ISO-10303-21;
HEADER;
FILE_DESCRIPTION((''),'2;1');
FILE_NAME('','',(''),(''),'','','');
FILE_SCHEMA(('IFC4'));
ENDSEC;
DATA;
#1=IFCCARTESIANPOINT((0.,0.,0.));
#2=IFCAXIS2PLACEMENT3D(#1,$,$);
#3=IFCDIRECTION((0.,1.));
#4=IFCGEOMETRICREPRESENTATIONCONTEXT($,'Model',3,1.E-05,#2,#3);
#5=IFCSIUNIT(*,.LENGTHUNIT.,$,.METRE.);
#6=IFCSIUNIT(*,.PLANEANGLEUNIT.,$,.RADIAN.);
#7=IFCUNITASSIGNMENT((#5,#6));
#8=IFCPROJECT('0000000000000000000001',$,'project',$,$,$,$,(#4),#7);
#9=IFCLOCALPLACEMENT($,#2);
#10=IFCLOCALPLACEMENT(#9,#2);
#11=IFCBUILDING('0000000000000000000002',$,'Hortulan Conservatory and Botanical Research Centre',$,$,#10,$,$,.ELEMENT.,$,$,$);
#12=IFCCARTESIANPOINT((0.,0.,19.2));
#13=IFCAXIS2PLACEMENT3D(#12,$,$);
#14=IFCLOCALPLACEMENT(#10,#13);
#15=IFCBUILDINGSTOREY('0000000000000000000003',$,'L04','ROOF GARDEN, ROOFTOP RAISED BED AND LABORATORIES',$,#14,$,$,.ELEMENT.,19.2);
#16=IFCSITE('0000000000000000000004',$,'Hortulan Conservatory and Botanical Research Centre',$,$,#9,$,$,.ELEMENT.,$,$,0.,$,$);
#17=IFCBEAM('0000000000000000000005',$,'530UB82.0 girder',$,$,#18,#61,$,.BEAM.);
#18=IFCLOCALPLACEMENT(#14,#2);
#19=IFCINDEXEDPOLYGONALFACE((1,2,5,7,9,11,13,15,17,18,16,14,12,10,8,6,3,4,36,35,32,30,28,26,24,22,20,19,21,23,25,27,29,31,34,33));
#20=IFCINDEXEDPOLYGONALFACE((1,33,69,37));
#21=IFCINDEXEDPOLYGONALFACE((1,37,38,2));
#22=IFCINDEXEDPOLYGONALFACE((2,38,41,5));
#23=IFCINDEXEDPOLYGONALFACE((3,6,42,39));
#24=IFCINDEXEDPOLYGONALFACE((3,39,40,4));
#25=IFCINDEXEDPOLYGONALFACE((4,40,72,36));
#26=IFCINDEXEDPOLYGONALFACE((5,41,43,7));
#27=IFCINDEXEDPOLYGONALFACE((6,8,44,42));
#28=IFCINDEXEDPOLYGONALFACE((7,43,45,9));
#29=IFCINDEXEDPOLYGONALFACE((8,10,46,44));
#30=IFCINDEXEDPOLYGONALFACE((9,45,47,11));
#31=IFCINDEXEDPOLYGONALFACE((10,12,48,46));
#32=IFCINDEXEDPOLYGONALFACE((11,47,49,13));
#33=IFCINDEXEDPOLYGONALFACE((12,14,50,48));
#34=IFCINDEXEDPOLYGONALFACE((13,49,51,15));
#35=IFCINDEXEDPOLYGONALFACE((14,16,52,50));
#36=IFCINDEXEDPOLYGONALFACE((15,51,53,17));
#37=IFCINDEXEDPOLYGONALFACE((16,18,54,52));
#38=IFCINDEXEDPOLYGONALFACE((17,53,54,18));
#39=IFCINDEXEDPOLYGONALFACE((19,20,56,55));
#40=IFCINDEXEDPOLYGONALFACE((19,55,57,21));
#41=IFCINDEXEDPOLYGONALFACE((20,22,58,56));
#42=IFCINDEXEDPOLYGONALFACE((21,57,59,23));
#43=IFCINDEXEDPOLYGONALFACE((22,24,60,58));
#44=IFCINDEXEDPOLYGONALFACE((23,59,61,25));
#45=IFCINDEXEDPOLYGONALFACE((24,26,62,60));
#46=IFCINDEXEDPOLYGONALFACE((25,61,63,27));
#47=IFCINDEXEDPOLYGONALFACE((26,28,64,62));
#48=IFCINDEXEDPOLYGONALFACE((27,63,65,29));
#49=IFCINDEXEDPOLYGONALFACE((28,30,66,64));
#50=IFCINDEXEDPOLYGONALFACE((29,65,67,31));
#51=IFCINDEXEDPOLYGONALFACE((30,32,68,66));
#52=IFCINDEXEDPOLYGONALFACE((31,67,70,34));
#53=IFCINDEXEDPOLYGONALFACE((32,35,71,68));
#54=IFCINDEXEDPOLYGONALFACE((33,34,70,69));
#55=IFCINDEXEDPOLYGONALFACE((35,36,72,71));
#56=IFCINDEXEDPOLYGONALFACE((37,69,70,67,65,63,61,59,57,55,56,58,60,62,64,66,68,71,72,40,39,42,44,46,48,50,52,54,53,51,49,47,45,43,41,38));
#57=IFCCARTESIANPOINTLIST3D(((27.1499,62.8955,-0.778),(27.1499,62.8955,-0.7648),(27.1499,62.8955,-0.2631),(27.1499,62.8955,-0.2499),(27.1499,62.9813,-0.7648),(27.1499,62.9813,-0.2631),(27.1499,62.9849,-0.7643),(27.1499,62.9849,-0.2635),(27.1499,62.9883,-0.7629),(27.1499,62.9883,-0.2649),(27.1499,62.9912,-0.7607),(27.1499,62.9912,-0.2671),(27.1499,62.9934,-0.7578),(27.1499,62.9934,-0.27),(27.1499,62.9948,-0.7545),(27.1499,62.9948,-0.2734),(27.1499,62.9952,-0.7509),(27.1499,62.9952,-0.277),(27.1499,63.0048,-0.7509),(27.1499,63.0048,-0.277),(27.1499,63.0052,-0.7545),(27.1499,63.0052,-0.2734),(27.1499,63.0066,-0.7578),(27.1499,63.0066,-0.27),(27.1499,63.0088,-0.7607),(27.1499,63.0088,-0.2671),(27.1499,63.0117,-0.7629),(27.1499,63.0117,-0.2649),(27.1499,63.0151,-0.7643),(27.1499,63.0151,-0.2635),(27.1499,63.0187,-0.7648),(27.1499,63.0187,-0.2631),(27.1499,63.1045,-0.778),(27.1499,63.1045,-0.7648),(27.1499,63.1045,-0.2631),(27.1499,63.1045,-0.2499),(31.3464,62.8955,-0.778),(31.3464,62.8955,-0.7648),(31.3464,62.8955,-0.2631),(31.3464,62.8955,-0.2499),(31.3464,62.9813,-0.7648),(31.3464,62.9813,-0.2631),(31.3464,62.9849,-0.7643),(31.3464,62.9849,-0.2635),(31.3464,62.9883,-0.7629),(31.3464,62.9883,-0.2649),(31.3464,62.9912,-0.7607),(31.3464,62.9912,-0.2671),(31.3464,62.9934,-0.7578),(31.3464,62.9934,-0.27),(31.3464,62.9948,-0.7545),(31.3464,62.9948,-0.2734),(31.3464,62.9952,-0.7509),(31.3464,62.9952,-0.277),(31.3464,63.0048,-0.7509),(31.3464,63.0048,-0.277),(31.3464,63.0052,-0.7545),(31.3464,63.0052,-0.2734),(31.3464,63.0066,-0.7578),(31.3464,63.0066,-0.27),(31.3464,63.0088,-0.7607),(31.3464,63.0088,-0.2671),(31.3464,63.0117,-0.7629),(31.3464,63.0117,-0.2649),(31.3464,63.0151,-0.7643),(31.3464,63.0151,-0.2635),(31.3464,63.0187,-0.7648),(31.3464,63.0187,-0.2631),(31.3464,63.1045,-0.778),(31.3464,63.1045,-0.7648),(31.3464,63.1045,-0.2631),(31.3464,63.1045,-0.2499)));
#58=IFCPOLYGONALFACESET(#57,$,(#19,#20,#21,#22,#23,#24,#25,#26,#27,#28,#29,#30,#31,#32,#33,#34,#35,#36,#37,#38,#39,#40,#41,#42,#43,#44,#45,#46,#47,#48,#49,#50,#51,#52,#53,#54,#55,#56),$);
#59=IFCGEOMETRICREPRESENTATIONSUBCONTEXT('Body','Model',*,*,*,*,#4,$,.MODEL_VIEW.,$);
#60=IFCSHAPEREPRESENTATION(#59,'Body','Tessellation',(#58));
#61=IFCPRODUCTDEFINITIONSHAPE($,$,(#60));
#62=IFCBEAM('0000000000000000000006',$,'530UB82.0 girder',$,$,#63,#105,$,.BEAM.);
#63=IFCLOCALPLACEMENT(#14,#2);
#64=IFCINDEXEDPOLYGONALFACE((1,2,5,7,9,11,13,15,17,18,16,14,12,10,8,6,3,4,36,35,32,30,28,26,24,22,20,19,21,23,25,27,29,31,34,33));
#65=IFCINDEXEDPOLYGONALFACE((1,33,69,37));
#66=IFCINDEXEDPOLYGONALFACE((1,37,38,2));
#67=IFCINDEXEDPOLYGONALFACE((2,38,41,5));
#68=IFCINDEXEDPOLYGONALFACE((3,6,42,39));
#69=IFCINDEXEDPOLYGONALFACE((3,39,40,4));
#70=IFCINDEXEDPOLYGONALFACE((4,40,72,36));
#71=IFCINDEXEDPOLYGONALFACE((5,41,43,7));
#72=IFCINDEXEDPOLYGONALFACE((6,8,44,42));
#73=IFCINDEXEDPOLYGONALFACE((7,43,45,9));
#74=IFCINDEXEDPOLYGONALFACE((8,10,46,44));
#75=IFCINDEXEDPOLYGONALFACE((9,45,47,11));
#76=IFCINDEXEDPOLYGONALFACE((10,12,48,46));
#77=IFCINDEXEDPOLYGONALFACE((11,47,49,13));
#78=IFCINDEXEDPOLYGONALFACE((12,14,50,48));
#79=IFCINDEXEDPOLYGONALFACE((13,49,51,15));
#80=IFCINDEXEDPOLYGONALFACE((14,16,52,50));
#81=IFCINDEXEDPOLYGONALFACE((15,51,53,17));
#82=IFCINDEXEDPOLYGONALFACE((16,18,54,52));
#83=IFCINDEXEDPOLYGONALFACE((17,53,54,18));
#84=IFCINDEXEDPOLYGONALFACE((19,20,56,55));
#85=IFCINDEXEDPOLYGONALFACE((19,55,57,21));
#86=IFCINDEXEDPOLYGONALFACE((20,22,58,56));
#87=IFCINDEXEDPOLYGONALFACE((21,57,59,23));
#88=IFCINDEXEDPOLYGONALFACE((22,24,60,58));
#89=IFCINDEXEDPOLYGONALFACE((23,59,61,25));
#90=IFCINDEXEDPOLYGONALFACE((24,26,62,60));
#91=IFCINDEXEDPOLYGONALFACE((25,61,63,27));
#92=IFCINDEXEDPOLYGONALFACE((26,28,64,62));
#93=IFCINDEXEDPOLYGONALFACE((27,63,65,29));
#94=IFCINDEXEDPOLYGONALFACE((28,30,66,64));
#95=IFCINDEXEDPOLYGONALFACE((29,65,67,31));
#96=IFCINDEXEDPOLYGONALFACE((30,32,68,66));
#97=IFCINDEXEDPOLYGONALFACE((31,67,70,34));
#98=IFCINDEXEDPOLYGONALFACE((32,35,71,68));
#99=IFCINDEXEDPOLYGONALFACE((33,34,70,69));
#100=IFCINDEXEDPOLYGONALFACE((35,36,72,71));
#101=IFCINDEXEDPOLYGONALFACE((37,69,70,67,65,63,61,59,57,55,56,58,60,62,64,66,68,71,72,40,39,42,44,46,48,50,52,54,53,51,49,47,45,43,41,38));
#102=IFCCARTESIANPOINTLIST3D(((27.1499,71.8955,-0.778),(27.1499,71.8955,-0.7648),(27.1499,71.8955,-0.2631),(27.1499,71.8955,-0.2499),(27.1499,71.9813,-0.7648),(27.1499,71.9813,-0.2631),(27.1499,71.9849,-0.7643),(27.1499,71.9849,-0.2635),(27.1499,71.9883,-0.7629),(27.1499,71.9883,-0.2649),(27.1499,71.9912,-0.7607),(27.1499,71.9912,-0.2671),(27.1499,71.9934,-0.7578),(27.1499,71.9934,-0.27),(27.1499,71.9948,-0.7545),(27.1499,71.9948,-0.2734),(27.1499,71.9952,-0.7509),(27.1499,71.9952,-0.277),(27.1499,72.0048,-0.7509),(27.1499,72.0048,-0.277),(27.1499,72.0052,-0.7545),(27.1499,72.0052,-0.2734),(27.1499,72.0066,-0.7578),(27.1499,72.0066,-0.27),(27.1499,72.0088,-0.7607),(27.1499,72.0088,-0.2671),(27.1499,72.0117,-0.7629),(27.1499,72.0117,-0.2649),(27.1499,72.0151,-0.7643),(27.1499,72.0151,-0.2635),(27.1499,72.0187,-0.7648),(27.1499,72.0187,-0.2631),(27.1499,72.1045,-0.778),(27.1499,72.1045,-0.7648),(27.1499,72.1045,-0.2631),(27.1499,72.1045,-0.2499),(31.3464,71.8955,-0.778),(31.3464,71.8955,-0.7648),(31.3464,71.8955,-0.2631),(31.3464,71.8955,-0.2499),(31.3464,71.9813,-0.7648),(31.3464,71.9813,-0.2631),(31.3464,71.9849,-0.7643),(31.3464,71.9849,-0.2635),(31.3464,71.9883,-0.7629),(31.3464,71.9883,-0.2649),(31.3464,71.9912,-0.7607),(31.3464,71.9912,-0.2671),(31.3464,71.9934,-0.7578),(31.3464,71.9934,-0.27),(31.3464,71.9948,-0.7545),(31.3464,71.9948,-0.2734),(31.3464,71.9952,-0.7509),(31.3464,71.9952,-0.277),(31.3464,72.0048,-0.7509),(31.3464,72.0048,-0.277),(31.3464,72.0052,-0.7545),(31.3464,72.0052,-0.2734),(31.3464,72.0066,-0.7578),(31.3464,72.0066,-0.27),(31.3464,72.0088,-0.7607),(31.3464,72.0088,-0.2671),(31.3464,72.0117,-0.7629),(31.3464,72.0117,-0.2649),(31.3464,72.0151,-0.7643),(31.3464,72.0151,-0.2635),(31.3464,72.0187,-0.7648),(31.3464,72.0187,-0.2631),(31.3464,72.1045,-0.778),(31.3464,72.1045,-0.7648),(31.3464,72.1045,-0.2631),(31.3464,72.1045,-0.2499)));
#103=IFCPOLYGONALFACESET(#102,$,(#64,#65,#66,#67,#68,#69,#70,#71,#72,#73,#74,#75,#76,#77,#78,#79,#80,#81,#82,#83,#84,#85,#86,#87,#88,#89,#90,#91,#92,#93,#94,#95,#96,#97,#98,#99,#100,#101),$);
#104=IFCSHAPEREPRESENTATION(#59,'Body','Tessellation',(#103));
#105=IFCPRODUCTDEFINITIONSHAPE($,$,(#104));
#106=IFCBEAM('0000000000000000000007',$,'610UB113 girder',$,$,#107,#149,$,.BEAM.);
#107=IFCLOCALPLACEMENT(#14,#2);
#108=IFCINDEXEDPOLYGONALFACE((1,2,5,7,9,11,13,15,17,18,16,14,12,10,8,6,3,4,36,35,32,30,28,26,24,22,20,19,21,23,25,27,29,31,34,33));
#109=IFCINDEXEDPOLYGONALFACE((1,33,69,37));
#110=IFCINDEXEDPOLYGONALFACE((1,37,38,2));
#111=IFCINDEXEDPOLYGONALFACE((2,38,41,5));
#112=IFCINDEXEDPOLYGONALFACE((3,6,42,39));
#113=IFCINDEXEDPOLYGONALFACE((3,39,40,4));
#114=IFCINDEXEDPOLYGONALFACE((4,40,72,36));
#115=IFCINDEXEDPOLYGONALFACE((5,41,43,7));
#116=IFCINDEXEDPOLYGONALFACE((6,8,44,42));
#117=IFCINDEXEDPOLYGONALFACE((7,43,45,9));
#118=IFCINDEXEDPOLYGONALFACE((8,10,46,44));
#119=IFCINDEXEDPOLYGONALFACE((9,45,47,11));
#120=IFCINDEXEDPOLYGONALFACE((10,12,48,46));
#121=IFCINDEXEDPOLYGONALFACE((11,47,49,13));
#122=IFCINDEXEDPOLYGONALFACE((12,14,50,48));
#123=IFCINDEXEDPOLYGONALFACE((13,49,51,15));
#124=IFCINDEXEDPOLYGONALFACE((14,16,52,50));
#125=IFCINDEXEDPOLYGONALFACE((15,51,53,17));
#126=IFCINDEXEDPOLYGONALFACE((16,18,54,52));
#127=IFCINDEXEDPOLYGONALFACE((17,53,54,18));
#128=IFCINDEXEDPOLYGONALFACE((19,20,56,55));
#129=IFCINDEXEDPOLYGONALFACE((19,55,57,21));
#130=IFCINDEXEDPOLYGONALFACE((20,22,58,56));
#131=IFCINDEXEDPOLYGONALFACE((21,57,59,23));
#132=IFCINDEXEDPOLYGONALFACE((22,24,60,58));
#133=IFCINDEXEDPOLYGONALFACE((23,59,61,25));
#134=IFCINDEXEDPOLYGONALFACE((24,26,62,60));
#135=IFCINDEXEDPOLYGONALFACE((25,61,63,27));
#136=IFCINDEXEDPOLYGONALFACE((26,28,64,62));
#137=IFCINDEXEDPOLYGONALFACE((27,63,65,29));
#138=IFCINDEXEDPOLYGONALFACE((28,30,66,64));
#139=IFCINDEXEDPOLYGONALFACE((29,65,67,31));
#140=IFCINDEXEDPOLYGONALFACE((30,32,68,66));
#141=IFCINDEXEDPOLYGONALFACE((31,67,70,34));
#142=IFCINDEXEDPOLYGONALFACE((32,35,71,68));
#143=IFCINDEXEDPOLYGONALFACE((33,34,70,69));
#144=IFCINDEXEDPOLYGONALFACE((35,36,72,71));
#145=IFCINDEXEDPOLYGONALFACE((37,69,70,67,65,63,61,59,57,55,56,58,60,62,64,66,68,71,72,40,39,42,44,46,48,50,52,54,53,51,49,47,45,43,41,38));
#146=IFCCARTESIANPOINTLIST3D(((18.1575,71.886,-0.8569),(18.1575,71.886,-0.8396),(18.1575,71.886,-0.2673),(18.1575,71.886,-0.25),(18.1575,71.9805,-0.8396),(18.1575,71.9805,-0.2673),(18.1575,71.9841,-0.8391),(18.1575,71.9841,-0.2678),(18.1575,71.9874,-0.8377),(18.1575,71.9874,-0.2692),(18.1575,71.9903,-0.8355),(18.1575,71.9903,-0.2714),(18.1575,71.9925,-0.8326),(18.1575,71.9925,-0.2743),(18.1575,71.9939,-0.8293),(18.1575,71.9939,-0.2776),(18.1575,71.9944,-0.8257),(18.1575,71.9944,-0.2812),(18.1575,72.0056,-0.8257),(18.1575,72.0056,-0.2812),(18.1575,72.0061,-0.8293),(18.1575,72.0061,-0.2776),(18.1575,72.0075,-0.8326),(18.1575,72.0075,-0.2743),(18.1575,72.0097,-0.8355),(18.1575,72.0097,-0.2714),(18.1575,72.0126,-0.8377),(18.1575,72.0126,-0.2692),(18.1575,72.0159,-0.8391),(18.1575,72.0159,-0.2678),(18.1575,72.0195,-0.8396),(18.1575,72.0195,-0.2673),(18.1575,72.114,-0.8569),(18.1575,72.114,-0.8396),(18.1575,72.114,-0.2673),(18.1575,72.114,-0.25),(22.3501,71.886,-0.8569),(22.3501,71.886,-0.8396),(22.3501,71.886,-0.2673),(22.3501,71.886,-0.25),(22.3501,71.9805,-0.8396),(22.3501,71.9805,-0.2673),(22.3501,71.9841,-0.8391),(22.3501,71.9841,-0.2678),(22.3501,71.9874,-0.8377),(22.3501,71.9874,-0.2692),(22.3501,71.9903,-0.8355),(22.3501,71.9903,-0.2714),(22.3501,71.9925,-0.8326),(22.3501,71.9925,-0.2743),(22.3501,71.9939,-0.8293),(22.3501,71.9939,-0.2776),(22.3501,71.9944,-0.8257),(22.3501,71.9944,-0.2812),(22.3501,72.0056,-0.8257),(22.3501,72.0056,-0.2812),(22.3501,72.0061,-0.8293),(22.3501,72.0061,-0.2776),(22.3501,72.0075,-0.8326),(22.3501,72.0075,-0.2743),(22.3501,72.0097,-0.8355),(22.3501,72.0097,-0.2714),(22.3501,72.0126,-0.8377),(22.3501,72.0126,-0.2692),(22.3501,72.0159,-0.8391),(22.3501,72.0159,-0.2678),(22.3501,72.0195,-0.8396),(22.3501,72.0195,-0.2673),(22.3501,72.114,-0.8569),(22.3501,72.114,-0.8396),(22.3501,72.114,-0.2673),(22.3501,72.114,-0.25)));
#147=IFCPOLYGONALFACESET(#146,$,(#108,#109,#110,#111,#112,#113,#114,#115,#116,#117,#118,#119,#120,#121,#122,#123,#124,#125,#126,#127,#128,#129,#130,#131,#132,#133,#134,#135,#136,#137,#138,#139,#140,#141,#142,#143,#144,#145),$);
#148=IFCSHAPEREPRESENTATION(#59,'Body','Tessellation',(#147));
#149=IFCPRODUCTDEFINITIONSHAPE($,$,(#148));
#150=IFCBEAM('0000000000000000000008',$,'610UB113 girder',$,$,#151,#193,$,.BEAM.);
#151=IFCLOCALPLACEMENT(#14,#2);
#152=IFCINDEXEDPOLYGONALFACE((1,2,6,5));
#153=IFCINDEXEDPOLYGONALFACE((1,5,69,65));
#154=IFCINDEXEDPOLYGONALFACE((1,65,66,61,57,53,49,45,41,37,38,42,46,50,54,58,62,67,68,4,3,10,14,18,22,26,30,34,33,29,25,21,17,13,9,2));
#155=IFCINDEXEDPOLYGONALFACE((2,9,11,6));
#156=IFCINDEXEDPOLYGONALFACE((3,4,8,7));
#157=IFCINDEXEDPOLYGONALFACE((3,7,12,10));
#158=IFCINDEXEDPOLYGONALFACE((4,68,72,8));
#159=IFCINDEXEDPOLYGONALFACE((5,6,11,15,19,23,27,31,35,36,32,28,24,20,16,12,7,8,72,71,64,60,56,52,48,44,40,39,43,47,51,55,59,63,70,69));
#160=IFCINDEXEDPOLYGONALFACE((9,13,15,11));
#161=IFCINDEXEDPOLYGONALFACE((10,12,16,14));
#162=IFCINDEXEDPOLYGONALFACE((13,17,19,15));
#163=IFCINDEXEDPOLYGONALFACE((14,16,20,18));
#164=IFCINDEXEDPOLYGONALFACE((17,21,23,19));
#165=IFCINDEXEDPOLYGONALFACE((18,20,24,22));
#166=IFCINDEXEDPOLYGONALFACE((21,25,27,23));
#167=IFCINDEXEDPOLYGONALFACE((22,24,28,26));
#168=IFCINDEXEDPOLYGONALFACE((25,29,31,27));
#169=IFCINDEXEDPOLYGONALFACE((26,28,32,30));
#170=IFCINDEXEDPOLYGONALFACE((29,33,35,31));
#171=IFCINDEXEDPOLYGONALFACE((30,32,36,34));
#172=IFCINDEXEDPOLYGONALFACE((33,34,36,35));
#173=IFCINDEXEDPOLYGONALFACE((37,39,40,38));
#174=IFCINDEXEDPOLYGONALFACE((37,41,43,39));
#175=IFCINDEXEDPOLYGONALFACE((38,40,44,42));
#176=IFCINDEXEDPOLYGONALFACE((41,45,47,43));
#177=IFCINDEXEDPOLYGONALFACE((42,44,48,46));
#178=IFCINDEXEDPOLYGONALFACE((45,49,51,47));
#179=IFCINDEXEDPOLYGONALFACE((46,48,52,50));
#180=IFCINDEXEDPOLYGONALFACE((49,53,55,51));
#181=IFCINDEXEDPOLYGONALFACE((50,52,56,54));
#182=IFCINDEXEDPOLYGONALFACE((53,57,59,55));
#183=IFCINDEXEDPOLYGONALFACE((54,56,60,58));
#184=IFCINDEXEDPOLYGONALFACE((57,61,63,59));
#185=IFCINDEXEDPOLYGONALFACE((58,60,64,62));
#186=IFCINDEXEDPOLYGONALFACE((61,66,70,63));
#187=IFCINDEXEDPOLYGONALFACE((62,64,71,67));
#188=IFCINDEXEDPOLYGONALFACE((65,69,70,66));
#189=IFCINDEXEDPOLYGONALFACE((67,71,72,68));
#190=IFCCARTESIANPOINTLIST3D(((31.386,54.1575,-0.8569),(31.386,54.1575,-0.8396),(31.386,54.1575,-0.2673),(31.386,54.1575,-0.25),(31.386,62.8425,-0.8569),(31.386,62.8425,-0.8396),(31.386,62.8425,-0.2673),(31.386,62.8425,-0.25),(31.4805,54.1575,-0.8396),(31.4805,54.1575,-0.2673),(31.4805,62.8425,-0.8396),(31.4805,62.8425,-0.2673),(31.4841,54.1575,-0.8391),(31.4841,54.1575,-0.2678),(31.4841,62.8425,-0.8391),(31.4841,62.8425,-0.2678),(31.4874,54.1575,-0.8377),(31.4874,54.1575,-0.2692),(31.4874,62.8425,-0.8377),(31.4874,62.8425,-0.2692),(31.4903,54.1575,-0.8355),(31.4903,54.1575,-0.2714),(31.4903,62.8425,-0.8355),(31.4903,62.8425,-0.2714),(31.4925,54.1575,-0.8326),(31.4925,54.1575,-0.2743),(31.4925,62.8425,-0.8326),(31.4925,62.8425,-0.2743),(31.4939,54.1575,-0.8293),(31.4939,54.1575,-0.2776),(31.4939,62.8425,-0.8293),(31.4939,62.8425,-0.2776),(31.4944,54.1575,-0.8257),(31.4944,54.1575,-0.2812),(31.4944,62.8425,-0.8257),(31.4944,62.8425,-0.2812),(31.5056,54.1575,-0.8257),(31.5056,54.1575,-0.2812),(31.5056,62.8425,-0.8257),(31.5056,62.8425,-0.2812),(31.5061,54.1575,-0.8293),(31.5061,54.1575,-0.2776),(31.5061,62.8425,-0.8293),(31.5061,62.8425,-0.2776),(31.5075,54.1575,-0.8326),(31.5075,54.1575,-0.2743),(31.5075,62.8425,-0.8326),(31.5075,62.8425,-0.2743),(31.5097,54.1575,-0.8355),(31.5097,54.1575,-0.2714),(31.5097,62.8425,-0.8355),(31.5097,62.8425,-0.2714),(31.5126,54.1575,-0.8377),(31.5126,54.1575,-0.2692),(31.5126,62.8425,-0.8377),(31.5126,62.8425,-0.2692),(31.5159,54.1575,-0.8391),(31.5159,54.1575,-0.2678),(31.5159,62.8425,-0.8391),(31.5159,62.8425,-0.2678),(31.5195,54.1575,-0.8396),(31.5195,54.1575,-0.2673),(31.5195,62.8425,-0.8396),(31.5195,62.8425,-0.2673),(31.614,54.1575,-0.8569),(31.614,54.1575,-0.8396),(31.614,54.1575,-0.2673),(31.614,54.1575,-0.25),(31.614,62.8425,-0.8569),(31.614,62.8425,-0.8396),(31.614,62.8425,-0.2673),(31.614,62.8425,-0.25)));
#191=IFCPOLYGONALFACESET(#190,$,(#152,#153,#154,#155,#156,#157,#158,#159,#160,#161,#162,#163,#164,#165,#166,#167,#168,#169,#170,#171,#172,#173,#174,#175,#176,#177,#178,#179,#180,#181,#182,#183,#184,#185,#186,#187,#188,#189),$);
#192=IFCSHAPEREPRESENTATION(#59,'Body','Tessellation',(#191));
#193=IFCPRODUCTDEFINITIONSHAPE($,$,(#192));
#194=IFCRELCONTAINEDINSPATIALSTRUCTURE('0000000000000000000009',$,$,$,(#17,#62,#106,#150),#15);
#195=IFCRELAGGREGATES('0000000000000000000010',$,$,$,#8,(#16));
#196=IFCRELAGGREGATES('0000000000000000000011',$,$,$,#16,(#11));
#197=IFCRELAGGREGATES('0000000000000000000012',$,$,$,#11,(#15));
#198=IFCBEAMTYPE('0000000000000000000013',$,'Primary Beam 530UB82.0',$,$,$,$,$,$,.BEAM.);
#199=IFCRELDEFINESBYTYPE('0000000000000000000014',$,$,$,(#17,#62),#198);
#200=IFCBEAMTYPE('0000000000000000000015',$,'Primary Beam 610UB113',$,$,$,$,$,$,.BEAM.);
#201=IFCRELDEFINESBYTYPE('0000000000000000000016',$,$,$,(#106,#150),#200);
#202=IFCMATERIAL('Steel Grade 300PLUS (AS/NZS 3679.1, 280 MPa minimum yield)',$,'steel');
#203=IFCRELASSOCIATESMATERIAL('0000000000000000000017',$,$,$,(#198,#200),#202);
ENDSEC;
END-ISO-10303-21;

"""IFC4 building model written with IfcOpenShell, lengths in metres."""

from ifc_helpers import new_model, si_unit, direction, frame, origin, origin_2d, place, context, subcontext, project, spatial, i_section, extrude, material, material_profile, profile_set, type_object, element, save


model = new_model("IFC4")

# Units and contexts
model_context = context("Model", 3, precision=1e-05, world=origin(), true_north=direction((0.0, 1.0)))
body_context = subcontext(model_context, "Body", "Model", "MODEL_VIEW")
ifc_project = project(units=[si_unit("LENGTHUNIT", "METRE"), si_unit("PLANEANGLEUNIT", "RADIAN")], contexts=[model_context])

# Site, building, storey
site_placement = place(None, origin())
site = spatial("IfcSite", under=ifc_project, at=site_placement, Name="Hortulan Conservatory and Botanical Research Centre", CompositionType="ELEMENT", RefElevation=0.0)
building_placement = place(site_placement, origin())
building = spatial("IfcBuilding", under=site, at=building_placement, Name="Hortulan Conservatory and Botanical Research Centre", CompositionType="ELEMENT")
storey_placement = place(building_placement, frame((0.0, 0.0, 19.2)))
storey = spatial("IfcBuildingStorey", under=building, at=storey_placement, Name="L04", Description="ROOF GARDEN, ROOFTOP RAISED BED AND LABORATORIES", CompositionType="ELEMENT", Elevation=19.2)

# Beams
ifc_material_1 = material(Name="Steel Grade 300PLUS (AS/NZS 3679.1, 280 MPa minimum yield)", Category="steel")
ifc_material_profile_1 = material_profile(ifc_material_1, i_section(OverallWidth=0.209, OverallDepth=0.5281, WebThickness=0.0095, FlangeThickness=0.0132, FilletRadius=0.0139, at=origin_2d()), Name="530UB82.0")
ifc_profile_set_1 = profile_set([ifc_material_profile_1], Name="Steel Grade 300PLUS (AS/NZS 3679.1, 280 MPa minimum yield)")
beam_type_1 = type_object("IfcBeamType", Name="Primary Beam 530UB82.0", PredefinedType="BEAM", material=ifc_profile_set_1)
for number, where, z_axis, x_axis, name in (
    (1, (27.1499, 63.0, -0.5139), (1.0, 0.0, 0.0), (0.0, 1.0, 0.0), "530UB82.0 girder"),
    (2, (27.1499, 72.0, -0.5139), (1.0, 0.0, 0.0), (0.0, 1.0, 0.0), "530UB82.0 girder"),
):
    element("IfcBeam", number, at=place(storey_placement, frame(where, z_axis=z_axis, x_axis=x_axis)), inside=storey, type_object=beam_type_1, Name=name, PredefinedType="BEAM", context=body_context, shape_type="SweptSolid", body=[
        extrude(i_section(OverallWidth=0.209, OverallDepth=0.5281, WebThickness=0.0095, FlangeThickness=0.0132, FilletRadius=0.0139, at=origin_2d()), origin(), (0.0, 0.0, 1.0), 4.1965),
    ])
ifc_material_profile_2 = material_profile(ifc_material_1, i_section(OverallWidth=0.228, OverallDepth=0.6069, WebThickness=0.0112, FlangeThickness=0.0173, FilletRadius=0.0139, at=origin_2d()), Name="610UB113")
ifc_profile_set_2 = profile_set([ifc_material_profile_2], Name="Steel Grade 300PLUS (AS/NZS 3679.1, 280 MPa minimum yield)")
beam_type_2 = type_object("IfcBeamType", Name="Primary Beam 610UB113", PredefinedType="BEAM", material=ifc_profile_set_2)
beam_1_placement = place(storey_placement, frame((18.1575, 72.0, -0.5535), z_axis=(1.0, 0.0, 0.0), x_axis=(0.0, 1.0, 0.0)))
element("IfcBeam", 3, at=beam_1_placement, inside=storey, type_object=beam_type_2, Name="610UB113 girder", PredefinedType="BEAM", context=body_context, shape_type="SweptSolid", body=[
    extrude(i_section(OverallWidth=0.228, OverallDepth=0.6069, WebThickness=0.0112, FlangeThickness=0.0173, FilletRadius=0.0139, at=origin_2d()), origin(), (0.0, 0.0, 1.0), 4.1926),
])
for number, where, z_axis, x_axis, name in (
    (4, (31.5, 54.1575, -0.5535), (0.0, 1.0, 0.0), (-1.0, 0.0, 0.0), "610UB113 girder"),
):
    element("IfcBeam", number, at=place(storey_placement, frame(where, z_axis=z_axis, x_axis=x_axis)), inside=storey, type_object=beam_type_2, Name=name, PredefinedType="BEAM", context=body_context, shape_type="SweptSolid", body=[
        extrude(i_section(OverallWidth=0.228, OverallDepth=0.6069, WebThickness=0.0112, FlangeThickness=0.0173, FilletRadius=0.0139, at=origin_2d()), origin(), (0.0, 0.0, 1.0), 8.6851),
    ])

save(model, "model.ifc")
